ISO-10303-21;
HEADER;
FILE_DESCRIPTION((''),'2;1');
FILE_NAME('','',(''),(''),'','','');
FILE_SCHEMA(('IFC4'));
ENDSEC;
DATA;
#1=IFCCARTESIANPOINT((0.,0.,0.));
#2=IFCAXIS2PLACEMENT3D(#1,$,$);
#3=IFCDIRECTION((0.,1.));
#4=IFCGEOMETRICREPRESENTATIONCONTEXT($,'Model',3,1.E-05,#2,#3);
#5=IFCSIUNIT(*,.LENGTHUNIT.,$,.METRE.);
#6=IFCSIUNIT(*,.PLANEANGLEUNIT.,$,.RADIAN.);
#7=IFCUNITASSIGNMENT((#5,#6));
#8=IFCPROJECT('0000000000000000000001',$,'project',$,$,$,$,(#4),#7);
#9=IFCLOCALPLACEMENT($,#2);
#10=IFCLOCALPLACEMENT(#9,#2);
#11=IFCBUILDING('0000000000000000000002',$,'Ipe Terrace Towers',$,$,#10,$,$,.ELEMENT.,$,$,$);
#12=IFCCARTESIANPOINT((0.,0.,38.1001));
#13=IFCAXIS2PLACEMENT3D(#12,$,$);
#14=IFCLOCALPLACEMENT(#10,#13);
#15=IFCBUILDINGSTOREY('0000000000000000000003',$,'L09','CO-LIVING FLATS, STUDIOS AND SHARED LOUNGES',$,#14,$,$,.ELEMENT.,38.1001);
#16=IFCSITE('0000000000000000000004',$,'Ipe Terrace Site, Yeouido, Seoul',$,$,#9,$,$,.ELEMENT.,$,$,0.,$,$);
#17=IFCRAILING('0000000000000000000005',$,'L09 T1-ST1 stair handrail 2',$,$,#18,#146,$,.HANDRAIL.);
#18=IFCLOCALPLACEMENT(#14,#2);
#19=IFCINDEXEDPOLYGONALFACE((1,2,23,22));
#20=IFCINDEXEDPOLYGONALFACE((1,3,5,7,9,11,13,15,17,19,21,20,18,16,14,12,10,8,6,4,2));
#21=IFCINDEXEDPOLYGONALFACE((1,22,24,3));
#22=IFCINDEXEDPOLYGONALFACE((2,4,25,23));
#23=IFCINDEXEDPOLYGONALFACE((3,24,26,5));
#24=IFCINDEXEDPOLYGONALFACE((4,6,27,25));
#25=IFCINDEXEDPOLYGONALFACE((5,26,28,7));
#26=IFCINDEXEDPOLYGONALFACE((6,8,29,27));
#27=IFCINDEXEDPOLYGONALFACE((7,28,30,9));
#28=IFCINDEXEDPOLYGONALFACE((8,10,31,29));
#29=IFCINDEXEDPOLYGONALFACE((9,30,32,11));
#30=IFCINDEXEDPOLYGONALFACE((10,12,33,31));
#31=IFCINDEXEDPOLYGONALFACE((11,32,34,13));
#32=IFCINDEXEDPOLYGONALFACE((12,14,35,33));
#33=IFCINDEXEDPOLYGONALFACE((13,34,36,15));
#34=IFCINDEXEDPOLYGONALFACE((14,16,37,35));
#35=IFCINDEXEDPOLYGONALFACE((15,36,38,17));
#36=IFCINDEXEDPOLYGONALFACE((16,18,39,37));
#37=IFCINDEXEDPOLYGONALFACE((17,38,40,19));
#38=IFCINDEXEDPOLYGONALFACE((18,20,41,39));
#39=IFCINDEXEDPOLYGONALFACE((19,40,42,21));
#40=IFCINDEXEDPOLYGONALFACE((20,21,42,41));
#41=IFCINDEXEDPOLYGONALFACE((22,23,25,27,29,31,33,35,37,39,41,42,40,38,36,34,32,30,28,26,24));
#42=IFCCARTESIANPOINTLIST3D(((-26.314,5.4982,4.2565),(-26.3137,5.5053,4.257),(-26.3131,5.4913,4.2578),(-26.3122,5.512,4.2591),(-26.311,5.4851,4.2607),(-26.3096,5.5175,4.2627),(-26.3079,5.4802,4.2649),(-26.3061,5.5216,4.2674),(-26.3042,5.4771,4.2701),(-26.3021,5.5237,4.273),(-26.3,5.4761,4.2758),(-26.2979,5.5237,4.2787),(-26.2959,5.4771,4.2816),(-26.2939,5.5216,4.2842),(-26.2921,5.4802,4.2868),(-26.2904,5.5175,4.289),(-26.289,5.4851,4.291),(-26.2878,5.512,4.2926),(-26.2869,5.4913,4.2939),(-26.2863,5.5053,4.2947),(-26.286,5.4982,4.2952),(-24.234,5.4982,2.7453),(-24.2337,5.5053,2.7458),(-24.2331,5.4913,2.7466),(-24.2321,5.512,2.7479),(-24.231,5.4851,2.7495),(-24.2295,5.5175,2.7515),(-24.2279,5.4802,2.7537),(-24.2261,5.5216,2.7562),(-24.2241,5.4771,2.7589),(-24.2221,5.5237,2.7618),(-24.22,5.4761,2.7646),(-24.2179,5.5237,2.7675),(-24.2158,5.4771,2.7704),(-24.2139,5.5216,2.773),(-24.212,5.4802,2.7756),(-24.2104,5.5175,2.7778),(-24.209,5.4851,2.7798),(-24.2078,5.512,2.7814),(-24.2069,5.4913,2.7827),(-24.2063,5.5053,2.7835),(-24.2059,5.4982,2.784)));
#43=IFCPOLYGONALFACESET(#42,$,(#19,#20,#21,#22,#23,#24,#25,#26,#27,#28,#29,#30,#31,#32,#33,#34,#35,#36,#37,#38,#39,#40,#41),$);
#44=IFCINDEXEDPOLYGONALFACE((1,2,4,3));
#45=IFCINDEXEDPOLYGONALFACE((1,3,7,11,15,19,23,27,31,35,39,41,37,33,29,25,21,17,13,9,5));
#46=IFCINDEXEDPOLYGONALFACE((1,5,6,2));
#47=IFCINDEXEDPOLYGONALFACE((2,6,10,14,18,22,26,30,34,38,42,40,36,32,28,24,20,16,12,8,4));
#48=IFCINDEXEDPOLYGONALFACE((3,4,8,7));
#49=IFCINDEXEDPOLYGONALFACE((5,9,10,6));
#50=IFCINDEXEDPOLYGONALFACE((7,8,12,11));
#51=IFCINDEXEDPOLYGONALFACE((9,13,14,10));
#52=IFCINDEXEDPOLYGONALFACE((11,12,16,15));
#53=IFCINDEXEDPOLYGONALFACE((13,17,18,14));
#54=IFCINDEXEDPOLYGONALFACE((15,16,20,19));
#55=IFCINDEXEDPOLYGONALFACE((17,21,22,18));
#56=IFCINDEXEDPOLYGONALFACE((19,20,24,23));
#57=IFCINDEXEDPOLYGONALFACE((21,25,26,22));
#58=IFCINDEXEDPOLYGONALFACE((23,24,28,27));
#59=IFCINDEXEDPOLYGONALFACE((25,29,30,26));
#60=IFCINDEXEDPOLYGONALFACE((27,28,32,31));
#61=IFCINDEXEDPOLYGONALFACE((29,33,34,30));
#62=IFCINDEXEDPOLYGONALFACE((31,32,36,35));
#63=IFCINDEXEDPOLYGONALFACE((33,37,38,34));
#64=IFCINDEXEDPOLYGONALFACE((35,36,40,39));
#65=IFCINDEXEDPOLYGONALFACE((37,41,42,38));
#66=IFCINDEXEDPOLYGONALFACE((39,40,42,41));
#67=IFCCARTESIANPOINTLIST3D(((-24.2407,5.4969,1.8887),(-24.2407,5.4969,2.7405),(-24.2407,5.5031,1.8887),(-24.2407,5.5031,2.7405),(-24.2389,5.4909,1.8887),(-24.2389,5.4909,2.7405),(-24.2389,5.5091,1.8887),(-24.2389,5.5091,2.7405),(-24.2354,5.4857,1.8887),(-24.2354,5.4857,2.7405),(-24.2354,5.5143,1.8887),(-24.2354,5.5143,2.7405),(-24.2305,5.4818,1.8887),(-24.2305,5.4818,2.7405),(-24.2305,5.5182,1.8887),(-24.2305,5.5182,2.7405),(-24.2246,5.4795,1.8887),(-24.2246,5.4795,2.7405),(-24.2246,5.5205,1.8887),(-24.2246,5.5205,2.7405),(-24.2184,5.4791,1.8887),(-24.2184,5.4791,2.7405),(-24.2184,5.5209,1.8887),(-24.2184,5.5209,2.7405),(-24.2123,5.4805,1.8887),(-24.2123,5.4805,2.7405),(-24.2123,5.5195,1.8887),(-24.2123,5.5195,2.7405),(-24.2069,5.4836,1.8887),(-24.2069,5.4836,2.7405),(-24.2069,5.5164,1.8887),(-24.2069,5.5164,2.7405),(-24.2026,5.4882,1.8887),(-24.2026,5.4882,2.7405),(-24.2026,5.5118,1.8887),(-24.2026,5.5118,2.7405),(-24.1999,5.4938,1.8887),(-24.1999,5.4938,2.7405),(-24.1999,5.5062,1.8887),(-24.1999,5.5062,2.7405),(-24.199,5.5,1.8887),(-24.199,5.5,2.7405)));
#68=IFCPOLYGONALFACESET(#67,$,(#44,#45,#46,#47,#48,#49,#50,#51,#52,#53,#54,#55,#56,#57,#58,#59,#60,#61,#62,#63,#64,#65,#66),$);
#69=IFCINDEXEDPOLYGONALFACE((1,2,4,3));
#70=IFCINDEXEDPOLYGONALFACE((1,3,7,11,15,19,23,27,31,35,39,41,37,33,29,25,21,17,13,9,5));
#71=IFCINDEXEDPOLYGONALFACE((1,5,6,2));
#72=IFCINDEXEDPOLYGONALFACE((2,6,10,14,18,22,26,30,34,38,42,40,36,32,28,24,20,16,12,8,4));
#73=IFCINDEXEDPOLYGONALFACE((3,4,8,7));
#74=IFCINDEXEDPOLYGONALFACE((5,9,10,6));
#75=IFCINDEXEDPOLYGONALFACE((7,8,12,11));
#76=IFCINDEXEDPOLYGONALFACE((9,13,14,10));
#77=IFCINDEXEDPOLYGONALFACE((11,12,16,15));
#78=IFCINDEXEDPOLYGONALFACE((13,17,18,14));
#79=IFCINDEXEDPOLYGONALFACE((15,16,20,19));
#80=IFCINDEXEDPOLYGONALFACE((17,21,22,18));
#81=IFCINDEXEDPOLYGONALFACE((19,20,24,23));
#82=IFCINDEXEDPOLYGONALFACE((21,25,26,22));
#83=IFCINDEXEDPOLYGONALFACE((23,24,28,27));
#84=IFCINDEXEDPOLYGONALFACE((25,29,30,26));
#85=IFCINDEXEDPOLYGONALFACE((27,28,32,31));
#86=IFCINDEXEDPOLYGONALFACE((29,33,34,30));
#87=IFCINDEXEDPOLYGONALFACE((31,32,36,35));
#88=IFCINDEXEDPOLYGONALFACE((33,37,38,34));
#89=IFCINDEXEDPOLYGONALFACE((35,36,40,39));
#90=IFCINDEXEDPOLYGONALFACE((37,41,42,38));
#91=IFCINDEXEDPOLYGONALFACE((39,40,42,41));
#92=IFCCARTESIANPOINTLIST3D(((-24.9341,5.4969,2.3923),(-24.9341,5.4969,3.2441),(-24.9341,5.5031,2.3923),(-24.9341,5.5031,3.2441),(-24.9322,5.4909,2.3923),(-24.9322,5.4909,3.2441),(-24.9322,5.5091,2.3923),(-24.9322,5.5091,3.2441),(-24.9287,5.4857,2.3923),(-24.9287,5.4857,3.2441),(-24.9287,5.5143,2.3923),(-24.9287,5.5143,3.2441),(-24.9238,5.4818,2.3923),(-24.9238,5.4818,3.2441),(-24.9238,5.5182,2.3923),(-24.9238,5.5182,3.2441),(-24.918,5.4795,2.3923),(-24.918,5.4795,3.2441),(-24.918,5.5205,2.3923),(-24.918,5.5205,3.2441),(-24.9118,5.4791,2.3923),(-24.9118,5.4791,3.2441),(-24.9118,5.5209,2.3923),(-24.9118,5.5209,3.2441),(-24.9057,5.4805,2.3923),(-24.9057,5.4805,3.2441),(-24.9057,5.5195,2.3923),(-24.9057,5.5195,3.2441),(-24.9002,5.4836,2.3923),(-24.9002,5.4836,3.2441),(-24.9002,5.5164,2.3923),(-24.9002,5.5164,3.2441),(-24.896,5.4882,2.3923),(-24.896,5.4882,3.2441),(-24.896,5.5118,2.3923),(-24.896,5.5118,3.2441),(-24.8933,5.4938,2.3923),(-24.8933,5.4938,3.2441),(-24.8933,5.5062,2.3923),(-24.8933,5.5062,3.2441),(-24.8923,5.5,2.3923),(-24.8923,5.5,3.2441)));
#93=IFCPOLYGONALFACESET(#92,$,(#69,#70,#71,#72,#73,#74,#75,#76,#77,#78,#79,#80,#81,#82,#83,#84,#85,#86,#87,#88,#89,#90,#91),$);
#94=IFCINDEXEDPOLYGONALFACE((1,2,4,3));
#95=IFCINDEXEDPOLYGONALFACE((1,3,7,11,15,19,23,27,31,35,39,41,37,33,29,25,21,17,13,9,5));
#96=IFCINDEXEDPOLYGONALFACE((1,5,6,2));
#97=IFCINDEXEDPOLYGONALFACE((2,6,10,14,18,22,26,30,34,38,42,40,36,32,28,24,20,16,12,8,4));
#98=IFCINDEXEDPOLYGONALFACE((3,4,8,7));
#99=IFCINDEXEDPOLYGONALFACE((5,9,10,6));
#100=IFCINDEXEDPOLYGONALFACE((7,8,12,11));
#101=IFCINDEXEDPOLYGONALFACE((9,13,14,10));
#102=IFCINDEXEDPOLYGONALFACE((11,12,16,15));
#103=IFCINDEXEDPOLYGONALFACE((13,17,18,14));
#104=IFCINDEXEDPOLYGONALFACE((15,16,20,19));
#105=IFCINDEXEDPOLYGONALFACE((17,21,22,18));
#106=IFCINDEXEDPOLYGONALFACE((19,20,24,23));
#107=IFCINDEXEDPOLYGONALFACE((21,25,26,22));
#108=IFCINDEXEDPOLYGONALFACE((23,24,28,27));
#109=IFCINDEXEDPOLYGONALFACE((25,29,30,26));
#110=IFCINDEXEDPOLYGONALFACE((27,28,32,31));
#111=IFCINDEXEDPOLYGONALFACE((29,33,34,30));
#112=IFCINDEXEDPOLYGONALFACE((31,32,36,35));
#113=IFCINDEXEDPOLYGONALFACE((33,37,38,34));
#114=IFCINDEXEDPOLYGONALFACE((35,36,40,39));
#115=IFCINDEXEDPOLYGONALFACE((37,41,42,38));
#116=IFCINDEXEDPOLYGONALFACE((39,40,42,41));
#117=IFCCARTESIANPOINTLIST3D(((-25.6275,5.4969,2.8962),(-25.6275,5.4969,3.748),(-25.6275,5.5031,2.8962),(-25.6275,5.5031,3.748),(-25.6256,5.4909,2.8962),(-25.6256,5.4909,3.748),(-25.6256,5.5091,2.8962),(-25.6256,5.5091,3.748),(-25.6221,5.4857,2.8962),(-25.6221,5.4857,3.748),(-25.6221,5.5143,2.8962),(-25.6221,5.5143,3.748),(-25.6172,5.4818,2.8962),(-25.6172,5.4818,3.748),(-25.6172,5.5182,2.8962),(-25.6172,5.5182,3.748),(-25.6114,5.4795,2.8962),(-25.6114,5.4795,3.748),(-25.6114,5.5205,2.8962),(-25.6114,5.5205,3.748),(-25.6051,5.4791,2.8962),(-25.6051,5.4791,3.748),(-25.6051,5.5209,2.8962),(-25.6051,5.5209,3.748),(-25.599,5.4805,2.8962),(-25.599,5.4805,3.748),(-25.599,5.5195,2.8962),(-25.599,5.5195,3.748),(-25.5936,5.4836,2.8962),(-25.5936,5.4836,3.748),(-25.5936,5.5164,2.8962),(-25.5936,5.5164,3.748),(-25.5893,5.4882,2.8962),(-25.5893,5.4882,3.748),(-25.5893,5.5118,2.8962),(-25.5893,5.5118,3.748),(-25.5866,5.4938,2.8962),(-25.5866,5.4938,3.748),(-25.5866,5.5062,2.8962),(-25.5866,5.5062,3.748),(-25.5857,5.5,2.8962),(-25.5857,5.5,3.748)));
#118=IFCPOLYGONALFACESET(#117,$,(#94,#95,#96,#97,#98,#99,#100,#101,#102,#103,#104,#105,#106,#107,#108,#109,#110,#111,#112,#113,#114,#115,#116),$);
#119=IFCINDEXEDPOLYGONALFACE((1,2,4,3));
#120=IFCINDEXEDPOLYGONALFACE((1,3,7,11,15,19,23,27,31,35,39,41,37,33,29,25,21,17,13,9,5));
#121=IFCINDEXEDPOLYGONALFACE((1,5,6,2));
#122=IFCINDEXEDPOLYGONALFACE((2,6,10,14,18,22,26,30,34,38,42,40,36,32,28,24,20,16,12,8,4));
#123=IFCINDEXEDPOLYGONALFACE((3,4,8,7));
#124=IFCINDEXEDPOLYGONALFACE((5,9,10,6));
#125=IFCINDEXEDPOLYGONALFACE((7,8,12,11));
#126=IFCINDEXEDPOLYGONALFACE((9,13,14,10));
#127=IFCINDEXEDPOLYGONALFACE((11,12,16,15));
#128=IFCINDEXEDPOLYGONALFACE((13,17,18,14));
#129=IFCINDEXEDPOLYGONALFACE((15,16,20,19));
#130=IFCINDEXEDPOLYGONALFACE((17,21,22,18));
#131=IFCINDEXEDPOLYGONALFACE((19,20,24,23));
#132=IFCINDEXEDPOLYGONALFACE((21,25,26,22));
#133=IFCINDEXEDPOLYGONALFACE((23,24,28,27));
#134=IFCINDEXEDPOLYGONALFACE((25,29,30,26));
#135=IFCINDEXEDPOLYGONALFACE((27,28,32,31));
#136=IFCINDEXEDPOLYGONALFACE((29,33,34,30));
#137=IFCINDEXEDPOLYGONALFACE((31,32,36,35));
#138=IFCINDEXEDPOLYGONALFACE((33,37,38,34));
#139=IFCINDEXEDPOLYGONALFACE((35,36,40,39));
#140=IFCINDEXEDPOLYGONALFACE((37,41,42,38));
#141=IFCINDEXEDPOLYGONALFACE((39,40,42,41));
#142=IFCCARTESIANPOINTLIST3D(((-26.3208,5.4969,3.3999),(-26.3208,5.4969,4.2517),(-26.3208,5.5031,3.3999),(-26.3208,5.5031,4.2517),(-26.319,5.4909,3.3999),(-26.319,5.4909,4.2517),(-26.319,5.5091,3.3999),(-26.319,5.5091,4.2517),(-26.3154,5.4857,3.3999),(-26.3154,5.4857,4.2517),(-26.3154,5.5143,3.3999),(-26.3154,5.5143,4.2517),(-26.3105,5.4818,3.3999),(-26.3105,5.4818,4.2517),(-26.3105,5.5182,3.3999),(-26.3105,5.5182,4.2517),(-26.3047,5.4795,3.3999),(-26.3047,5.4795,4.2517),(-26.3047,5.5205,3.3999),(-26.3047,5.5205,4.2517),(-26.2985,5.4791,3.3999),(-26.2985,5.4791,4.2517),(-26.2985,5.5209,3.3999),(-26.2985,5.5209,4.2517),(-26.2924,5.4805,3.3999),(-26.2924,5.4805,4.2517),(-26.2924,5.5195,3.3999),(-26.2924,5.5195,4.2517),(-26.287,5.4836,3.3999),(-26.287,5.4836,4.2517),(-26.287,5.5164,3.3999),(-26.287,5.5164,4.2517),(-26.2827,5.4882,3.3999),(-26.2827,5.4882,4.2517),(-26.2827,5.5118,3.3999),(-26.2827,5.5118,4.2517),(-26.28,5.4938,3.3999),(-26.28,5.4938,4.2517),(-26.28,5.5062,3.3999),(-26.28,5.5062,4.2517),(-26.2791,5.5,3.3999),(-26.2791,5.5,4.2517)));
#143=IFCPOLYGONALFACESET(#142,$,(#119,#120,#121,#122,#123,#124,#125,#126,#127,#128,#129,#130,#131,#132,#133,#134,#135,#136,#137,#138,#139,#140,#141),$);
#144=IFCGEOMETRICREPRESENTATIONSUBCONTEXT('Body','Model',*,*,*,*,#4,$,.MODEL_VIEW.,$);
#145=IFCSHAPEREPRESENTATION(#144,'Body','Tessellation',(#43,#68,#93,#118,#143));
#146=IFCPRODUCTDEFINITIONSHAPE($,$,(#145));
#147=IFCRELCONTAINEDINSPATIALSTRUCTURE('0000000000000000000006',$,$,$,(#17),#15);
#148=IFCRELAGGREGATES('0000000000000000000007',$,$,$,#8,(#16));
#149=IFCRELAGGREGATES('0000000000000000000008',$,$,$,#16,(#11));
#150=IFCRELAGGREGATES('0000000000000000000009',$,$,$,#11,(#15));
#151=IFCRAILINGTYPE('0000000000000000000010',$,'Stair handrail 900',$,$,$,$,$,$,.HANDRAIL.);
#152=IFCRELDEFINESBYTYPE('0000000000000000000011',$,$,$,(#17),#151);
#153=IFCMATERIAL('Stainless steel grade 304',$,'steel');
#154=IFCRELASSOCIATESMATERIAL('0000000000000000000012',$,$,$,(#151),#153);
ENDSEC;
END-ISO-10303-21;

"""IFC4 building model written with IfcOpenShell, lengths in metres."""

from ifc_helpers import new_model, si_unit, direction, frame, origin, origin_2d, place, context, subcontext, project, spatial, circle, extrude, material, type_object, element, save


model = new_model("IFC4")

# Units and contexts
model_context = context("Model", 3, precision=1e-05, world=origin(), true_north=direction((0.0, 1.0)))
body_context = subcontext(model_context, "Body", "Model", "MODEL_VIEW")
ifc_project = project(units=[si_unit("LENGTHUNIT", "METRE"), si_unit("PLANEANGLEUNIT", "RADIAN")], contexts=[model_context])

# Site, building, storey
site_placement = place(None, origin())
site = spatial("IfcSite", under=ifc_project, at=site_placement, Name="Ipe Terrace Site, Yeouido, Seoul", CompositionType="ELEMENT", RefElevation=0.0)
building_placement = place(site_placement, origin())
building = spatial("IfcBuilding", under=site, at=building_placement, Name="Ipe Terrace Towers", CompositionType="ELEMENT")
storey_placement = place(building_placement, frame((0.0, 0.0, 38.1001)))
storey = spatial("IfcBuildingStorey", under=building, at=storey_placement, Name="L09", Description="CO-LIVING FLATS, STUDIOS AND SHARED LOUNGES", CompositionType="ELEMENT", Elevation=38.1001)

# Railing
ifc_material_1 = material(Name="Stainless steel grade 304", Category="steel")
railing_type = type_object("IfcRailingType", Name="Stair handrail 900", PredefinedType="HANDRAIL", material=ifc_material_1)
railing_1_placement = place(storey_placement, frame((-24.22, 5.5, 1.8887)))
element("IfcRailing", 1, at=railing_1_placement, inside=storey, type_object=railing_type, Name="L09 T1-ST1 stair handrail 2", PredefinedType="HANDRAIL", context=body_context, shape_type="SweptSolid", body=[
    extrude(circle(Radius=0.0239, at=origin_2d()), frame((0.0, 0.0, 0.876), z_axis=(-0.809023, 0.0, 0.587776), x_axis=(0.0, -1.0, 0.0)), (0.0, 0.0, 1.0), 2.571),
    extrude(circle(Radius=0.021, at=origin_2d()), origin(), (0.0, 0.0, 1.0), 0.8518),
    extrude(circle(Radius=0.021, at=origin_2d()), frame((-0.6934, 0.0, 0.5037)), (0.0, 0.0, 1.0), 0.8518),
    extrude(circle(Radius=0.021, at=origin_2d()), frame((-1.3867, 0.0, 1.0076)), (0.0, 0.0, 1.0), 0.8518),
    extrude(circle(Radius=0.021, at=origin_2d()), frame((-2.0801, 0.0, 1.5112)), (0.0, 0.0, 1.0), 0.8518),
])

save(model, "model.ifc")
